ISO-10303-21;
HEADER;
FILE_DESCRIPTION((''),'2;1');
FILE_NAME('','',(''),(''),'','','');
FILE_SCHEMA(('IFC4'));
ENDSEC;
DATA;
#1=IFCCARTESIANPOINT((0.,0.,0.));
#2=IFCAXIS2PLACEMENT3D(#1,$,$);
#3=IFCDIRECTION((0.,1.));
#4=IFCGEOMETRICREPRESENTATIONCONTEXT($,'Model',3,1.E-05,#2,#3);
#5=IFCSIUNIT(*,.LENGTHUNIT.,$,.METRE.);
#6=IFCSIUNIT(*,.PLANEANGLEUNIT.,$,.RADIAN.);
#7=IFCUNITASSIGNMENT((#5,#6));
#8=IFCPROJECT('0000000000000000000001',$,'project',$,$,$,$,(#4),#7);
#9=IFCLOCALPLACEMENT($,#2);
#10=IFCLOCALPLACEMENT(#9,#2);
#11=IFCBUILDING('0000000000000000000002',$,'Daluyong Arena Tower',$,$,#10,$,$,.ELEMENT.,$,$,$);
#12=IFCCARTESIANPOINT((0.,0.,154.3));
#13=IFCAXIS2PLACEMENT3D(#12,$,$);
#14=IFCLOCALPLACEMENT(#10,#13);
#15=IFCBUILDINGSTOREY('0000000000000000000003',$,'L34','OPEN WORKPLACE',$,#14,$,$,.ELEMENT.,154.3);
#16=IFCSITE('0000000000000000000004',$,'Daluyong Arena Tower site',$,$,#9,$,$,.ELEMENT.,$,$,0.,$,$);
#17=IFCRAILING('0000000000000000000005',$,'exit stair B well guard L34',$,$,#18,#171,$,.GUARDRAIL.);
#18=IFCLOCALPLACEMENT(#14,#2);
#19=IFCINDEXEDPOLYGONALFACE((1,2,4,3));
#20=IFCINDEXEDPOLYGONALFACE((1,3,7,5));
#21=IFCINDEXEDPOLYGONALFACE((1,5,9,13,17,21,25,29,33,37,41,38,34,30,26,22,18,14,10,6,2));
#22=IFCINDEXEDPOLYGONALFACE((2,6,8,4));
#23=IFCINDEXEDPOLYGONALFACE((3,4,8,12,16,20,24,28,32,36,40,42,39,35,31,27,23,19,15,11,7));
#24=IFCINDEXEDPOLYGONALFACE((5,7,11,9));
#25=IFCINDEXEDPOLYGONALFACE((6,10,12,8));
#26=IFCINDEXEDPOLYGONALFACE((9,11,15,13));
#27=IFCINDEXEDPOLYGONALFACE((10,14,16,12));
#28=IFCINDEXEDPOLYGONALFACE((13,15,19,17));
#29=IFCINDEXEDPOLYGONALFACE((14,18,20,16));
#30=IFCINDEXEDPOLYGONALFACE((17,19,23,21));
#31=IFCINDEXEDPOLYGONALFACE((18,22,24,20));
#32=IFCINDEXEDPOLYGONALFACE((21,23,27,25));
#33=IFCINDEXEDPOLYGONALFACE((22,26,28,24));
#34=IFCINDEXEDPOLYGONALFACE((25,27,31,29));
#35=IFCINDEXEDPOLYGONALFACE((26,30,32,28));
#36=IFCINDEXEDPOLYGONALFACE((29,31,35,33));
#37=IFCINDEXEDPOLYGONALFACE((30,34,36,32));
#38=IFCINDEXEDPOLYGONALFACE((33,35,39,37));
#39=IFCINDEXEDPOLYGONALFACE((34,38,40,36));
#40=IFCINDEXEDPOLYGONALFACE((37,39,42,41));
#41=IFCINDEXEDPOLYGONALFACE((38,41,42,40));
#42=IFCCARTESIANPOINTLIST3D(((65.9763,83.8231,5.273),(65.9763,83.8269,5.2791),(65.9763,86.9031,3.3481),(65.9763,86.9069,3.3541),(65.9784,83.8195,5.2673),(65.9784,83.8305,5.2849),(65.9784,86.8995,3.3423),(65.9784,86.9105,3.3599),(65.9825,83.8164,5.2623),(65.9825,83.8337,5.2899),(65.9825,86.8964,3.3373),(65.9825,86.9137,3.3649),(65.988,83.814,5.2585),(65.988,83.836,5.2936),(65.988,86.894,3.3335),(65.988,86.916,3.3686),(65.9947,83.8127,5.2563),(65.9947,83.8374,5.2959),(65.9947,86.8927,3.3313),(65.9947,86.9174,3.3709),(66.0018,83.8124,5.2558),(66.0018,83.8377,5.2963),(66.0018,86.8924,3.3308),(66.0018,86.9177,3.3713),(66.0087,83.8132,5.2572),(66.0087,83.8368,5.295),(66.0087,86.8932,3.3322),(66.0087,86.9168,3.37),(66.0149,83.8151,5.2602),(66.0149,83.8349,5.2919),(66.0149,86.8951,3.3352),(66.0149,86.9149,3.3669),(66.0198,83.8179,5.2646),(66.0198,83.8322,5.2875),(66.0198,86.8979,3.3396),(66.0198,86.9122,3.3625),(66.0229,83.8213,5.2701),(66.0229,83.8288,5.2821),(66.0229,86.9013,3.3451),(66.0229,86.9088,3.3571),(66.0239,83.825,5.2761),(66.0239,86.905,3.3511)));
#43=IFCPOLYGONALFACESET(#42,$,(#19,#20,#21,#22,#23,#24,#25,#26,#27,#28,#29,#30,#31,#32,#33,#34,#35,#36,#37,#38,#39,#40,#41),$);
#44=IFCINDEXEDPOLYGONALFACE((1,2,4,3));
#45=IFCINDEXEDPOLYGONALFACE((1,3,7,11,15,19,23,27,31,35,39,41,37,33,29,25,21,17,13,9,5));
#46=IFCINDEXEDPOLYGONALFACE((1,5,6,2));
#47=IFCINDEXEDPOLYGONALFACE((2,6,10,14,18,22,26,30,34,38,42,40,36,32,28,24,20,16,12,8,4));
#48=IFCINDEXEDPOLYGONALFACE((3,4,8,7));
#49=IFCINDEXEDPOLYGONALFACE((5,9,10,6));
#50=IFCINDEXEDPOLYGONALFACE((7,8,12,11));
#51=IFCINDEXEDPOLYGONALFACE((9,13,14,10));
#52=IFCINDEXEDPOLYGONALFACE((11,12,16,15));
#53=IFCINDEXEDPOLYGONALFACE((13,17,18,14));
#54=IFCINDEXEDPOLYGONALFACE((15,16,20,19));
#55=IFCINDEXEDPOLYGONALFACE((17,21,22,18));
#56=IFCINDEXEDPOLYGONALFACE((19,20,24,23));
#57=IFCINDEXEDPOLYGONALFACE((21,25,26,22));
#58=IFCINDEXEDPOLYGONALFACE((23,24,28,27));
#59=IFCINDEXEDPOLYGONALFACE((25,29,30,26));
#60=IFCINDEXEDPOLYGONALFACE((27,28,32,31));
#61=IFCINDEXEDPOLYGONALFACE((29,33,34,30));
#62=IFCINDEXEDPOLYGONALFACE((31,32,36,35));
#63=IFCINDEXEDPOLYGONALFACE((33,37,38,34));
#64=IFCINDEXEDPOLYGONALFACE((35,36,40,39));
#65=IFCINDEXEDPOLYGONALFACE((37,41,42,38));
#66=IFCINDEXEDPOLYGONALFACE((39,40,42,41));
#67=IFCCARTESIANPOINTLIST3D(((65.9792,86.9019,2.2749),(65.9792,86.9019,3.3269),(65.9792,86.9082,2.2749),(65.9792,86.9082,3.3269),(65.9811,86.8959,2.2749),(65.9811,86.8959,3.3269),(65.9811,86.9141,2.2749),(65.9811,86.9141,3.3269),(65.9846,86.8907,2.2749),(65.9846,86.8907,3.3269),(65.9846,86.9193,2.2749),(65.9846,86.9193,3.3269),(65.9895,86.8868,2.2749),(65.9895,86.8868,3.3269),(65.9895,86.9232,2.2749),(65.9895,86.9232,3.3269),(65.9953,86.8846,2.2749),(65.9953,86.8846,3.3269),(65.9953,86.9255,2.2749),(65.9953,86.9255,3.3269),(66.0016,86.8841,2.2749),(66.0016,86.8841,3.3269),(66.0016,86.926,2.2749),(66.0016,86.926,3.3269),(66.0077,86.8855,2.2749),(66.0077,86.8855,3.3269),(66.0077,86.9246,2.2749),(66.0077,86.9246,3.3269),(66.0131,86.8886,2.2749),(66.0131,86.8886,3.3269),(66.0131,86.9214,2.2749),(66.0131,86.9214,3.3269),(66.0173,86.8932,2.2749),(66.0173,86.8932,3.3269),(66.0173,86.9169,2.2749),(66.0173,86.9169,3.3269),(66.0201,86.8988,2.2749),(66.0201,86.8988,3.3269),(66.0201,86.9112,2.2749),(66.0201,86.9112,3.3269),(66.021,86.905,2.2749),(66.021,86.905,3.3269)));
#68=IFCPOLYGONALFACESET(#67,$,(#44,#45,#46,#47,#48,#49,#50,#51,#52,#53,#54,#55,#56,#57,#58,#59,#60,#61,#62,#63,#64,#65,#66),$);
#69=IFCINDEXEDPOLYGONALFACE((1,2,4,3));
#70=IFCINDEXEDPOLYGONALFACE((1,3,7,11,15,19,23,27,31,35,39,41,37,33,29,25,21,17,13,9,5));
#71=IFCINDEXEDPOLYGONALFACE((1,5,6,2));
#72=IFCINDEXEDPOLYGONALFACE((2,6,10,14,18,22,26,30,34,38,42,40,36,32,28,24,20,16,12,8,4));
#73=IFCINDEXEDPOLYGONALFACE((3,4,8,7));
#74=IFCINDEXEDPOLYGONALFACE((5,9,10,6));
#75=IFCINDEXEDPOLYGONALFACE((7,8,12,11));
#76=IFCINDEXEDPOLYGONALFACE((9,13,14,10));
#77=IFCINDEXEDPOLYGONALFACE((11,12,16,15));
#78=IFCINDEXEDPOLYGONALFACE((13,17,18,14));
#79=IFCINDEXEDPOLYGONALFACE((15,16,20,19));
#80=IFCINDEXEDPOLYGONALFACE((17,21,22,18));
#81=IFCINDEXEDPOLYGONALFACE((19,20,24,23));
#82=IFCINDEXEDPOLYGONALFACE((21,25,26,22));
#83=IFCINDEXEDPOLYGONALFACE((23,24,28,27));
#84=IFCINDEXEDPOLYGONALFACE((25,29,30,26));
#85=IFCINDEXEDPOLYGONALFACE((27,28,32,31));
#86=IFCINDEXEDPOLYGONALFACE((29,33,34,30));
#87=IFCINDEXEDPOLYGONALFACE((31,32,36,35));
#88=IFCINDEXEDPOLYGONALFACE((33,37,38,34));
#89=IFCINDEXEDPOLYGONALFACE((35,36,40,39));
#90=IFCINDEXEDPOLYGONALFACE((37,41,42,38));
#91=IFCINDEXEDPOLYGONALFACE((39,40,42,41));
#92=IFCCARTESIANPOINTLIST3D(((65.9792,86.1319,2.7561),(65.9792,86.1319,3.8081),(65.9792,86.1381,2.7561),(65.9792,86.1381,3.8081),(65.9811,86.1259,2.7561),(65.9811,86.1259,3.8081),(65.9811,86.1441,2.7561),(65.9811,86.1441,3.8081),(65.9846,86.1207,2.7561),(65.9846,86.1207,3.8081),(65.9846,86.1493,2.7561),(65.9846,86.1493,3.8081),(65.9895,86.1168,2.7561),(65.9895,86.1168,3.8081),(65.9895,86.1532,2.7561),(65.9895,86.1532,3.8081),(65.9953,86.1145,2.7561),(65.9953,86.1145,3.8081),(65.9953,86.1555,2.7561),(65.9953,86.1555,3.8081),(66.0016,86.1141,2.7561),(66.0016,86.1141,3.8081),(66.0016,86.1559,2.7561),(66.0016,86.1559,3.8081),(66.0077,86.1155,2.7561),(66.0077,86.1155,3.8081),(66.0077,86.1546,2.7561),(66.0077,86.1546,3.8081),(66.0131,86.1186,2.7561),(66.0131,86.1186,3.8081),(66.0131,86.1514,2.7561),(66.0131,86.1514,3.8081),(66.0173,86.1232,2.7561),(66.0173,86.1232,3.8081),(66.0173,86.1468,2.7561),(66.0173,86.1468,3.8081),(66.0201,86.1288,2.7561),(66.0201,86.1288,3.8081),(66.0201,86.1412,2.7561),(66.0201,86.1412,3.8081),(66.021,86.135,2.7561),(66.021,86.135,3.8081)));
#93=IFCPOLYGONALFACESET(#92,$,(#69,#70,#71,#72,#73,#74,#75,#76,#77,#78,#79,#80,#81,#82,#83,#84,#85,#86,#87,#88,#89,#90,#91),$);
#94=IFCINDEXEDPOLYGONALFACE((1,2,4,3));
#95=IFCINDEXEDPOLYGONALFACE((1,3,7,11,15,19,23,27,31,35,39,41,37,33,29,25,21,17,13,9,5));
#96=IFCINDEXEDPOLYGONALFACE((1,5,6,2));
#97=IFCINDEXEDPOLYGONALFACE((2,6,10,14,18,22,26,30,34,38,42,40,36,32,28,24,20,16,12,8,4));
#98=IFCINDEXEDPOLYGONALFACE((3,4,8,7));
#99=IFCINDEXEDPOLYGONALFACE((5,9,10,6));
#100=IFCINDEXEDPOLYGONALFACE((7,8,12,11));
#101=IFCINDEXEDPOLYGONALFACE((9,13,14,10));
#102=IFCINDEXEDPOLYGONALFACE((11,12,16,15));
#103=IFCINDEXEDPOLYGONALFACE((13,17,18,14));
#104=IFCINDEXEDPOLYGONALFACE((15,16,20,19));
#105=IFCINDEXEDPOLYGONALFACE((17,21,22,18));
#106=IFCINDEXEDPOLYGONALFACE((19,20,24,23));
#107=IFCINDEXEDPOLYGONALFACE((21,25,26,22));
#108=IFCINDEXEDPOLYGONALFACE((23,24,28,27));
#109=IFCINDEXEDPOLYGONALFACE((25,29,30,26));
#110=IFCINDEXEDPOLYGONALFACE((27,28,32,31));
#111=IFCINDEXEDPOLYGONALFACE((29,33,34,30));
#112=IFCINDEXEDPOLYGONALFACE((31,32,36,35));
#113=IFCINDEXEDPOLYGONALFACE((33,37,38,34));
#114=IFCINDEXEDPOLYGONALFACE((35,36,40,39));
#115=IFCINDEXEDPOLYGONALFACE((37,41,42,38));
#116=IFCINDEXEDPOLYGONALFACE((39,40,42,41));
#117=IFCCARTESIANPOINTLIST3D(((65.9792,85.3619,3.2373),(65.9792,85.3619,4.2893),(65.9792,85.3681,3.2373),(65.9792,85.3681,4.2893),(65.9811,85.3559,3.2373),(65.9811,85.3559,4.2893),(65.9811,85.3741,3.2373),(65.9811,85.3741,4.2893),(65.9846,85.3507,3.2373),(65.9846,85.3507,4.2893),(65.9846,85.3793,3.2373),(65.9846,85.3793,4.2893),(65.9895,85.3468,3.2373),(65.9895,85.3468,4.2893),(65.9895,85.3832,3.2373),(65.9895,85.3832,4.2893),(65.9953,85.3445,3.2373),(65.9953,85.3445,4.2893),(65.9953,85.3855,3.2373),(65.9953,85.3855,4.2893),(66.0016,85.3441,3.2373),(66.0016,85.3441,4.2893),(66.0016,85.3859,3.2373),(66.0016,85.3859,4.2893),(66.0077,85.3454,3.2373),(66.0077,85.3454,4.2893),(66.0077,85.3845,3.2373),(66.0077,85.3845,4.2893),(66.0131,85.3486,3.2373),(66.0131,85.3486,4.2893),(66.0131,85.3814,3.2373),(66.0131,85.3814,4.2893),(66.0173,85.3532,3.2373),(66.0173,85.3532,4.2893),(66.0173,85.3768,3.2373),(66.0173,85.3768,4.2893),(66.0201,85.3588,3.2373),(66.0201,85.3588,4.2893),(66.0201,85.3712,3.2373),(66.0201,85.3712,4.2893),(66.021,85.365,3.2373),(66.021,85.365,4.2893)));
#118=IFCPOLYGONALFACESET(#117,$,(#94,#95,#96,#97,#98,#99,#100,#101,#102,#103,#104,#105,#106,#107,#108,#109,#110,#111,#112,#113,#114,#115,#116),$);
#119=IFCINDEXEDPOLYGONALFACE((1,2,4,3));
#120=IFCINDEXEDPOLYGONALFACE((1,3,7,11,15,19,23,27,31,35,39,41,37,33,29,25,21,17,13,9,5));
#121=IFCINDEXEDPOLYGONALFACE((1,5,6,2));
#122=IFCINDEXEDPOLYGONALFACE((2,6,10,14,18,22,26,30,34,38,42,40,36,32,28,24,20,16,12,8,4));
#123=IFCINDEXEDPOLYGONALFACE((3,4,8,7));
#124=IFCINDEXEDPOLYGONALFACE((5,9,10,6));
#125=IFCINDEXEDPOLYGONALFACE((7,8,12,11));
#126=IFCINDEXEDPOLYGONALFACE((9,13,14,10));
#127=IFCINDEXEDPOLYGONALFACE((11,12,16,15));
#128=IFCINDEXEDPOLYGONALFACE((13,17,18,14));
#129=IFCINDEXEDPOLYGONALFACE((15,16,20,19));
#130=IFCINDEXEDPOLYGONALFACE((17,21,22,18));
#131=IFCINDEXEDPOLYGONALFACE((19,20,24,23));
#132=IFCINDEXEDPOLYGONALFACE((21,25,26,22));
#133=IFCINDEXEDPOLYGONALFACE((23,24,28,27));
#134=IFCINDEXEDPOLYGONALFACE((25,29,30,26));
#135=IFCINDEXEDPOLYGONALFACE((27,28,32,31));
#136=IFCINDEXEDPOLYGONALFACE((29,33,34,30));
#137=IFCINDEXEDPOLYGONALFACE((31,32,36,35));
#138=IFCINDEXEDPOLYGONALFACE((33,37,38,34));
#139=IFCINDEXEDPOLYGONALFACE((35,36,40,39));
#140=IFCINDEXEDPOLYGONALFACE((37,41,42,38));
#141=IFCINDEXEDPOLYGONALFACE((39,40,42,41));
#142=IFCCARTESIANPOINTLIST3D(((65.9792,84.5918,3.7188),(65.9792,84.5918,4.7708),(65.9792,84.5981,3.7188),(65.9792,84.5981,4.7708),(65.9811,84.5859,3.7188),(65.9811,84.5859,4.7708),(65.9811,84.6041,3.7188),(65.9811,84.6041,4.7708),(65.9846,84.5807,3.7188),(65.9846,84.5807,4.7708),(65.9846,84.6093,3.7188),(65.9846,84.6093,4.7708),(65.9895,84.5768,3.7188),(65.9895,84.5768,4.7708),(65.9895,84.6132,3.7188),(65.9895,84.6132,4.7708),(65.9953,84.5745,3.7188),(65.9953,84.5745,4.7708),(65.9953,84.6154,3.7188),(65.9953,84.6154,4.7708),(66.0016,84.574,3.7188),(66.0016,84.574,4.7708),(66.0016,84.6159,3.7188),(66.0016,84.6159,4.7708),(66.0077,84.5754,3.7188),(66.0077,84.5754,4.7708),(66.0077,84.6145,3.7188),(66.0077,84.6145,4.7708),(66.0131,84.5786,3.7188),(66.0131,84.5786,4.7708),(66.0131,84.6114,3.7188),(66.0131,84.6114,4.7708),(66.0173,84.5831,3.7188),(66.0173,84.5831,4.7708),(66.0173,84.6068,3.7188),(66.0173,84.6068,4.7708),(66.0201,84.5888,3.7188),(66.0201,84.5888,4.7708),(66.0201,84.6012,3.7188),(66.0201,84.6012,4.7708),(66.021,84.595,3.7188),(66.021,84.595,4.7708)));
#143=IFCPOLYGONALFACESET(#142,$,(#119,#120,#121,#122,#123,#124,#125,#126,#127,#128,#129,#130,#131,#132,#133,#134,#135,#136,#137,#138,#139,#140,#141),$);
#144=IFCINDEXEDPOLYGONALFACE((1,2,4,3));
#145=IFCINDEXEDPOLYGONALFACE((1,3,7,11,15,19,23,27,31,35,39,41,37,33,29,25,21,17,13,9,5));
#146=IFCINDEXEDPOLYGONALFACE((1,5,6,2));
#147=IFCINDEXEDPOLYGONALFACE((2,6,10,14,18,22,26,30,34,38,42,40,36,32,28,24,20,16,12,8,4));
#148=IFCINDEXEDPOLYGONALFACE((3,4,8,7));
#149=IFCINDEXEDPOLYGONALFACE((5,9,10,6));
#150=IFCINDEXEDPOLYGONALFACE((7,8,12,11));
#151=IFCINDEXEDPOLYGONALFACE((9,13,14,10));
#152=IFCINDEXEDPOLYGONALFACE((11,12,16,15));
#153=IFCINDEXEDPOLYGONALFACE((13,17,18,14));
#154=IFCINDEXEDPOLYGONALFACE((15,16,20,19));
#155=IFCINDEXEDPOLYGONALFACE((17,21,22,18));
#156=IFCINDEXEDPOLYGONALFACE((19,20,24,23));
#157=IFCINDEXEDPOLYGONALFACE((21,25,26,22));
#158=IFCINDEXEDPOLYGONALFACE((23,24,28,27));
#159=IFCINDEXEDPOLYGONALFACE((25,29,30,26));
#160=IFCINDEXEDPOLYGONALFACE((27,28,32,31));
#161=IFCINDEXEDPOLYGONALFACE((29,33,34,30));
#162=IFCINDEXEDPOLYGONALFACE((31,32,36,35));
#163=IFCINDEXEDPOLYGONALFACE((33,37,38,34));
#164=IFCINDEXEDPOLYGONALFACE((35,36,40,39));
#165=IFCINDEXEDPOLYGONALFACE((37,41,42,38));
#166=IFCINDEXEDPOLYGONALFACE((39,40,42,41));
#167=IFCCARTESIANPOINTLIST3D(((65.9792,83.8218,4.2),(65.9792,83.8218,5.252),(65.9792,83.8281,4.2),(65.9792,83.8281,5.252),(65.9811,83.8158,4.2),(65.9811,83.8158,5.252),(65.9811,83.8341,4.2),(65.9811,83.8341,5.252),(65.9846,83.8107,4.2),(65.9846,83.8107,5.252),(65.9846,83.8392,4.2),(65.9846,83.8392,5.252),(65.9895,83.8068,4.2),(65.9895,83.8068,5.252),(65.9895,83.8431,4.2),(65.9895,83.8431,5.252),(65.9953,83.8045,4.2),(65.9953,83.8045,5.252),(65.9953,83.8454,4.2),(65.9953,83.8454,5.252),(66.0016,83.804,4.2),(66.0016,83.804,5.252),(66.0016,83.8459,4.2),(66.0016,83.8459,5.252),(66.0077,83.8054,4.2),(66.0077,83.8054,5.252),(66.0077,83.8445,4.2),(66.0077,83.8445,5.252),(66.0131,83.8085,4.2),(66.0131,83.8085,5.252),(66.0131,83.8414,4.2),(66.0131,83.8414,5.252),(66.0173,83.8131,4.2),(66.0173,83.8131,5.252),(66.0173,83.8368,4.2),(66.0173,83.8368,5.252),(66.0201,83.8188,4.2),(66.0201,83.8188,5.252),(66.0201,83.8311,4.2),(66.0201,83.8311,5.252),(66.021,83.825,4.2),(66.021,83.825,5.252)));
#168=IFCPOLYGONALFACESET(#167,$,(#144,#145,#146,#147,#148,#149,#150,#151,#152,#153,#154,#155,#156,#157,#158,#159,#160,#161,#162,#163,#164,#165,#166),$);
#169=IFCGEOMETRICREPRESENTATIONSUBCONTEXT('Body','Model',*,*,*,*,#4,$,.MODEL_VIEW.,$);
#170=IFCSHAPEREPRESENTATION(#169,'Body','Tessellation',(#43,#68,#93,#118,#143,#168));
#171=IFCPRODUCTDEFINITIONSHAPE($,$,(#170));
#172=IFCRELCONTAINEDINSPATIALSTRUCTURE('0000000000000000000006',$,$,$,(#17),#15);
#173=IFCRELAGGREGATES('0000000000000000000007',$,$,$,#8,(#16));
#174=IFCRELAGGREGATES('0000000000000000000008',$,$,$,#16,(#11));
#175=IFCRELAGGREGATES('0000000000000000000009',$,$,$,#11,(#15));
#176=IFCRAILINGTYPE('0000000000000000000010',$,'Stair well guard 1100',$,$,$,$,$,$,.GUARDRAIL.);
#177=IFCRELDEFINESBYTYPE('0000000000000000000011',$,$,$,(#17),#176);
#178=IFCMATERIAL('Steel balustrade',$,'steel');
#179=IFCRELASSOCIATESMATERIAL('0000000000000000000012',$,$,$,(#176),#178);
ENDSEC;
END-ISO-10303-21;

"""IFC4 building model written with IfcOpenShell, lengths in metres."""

from ifc_helpers import new_model, si_unit, direction, frame, origin, origin_2d, place, context, subcontext, project, spatial, circle, extrude, material, type_object, element, save


model = new_model("IFC4")

# Units and contexts
model_context = context("Model", 3, precision=1e-05, world=origin(), true_north=direction((0.0, 1.0)))
body_context = subcontext(model_context, "Body", "Model", "MODEL_VIEW")
ifc_project = project(units=[si_unit("LENGTHUNIT", "METRE"), si_unit("PLANEANGLEUNIT", "RADIAN")], contexts=[model_context])

# Site, building, storey
site_placement = place(None, origin())
site = spatial("IfcSite", under=ifc_project, at=site_placement, Name="Daluyong Arena Tower site", CompositionType="ELEMENT", RefElevation=0.0)
building_placement = place(site_placement, origin())
building = spatial("IfcBuilding", under=site, at=building_placement, Name="Daluyong Arena Tower", CompositionType="ELEMENT")
storey_placement = place(building_placement, frame((0.0, 0.0, 154.3)))
storey = spatial("IfcBuildingStorey", under=building, at=storey_placement, Name="L34", Description="OPEN WORKPLACE", CompositionType="ELEMENT", Elevation=154.3)

# Railing
ifc_material_1 = material(Name="Steel balustrade", Category="steel")
railing_type_1 = type_object("IfcRailingType", Name="Stair well guard 1100", PredefinedType="GUARDRAIL", material=ifc_material_1)
railing_1_placement = place(storey_placement, frame((66.0, 86.905, 2.2749)))
element("IfcRailing", 1, at=railing_1_placement, inside=storey, type_object=railing_type_1, Name="exit stair B well guard L34", PredefinedType="GUARDRAIL", context=body_context, shape_type="SweptSolid", body=[
    extrude(circle(Radius=0.0239, at=origin_2d()), frame((0.0, 0.0, 1.0762), z_axis=(0.0, -0.847998, 0.529999), x_axis=(1.0, 0.0, 0.0)), (0.0, 0.0, 1.0), 3.6321),
    extrude(circle(Radius=0.021, at=origin_2d()), origin(), (0.0, 0.0, 1.0), 1.052),
    extrude(circle(Radius=0.021, at=origin_2d()), frame((0.0, -0.77, 0.4812)), (0.0, 0.0, 1.0), 1.052),
    extrude(circle(Radius=0.021, at=origin_2d()), frame((0.0, -1.54, 0.9624)), (0.0, 0.0, 1.0), 1.052),
    extrude(circle(Radius=0.021, at=origin_2d()), frame((0.0, -2.3101, 1.4438)), (0.0, 0.0, 1.0), 1.052),
    extrude(circle(Radius=0.021, at=origin_2d()), frame((0.0, -3.0801, 1.925)), (0.0, 0.0, 1.0), 1.052),
])

save(model, "model.ifc")
